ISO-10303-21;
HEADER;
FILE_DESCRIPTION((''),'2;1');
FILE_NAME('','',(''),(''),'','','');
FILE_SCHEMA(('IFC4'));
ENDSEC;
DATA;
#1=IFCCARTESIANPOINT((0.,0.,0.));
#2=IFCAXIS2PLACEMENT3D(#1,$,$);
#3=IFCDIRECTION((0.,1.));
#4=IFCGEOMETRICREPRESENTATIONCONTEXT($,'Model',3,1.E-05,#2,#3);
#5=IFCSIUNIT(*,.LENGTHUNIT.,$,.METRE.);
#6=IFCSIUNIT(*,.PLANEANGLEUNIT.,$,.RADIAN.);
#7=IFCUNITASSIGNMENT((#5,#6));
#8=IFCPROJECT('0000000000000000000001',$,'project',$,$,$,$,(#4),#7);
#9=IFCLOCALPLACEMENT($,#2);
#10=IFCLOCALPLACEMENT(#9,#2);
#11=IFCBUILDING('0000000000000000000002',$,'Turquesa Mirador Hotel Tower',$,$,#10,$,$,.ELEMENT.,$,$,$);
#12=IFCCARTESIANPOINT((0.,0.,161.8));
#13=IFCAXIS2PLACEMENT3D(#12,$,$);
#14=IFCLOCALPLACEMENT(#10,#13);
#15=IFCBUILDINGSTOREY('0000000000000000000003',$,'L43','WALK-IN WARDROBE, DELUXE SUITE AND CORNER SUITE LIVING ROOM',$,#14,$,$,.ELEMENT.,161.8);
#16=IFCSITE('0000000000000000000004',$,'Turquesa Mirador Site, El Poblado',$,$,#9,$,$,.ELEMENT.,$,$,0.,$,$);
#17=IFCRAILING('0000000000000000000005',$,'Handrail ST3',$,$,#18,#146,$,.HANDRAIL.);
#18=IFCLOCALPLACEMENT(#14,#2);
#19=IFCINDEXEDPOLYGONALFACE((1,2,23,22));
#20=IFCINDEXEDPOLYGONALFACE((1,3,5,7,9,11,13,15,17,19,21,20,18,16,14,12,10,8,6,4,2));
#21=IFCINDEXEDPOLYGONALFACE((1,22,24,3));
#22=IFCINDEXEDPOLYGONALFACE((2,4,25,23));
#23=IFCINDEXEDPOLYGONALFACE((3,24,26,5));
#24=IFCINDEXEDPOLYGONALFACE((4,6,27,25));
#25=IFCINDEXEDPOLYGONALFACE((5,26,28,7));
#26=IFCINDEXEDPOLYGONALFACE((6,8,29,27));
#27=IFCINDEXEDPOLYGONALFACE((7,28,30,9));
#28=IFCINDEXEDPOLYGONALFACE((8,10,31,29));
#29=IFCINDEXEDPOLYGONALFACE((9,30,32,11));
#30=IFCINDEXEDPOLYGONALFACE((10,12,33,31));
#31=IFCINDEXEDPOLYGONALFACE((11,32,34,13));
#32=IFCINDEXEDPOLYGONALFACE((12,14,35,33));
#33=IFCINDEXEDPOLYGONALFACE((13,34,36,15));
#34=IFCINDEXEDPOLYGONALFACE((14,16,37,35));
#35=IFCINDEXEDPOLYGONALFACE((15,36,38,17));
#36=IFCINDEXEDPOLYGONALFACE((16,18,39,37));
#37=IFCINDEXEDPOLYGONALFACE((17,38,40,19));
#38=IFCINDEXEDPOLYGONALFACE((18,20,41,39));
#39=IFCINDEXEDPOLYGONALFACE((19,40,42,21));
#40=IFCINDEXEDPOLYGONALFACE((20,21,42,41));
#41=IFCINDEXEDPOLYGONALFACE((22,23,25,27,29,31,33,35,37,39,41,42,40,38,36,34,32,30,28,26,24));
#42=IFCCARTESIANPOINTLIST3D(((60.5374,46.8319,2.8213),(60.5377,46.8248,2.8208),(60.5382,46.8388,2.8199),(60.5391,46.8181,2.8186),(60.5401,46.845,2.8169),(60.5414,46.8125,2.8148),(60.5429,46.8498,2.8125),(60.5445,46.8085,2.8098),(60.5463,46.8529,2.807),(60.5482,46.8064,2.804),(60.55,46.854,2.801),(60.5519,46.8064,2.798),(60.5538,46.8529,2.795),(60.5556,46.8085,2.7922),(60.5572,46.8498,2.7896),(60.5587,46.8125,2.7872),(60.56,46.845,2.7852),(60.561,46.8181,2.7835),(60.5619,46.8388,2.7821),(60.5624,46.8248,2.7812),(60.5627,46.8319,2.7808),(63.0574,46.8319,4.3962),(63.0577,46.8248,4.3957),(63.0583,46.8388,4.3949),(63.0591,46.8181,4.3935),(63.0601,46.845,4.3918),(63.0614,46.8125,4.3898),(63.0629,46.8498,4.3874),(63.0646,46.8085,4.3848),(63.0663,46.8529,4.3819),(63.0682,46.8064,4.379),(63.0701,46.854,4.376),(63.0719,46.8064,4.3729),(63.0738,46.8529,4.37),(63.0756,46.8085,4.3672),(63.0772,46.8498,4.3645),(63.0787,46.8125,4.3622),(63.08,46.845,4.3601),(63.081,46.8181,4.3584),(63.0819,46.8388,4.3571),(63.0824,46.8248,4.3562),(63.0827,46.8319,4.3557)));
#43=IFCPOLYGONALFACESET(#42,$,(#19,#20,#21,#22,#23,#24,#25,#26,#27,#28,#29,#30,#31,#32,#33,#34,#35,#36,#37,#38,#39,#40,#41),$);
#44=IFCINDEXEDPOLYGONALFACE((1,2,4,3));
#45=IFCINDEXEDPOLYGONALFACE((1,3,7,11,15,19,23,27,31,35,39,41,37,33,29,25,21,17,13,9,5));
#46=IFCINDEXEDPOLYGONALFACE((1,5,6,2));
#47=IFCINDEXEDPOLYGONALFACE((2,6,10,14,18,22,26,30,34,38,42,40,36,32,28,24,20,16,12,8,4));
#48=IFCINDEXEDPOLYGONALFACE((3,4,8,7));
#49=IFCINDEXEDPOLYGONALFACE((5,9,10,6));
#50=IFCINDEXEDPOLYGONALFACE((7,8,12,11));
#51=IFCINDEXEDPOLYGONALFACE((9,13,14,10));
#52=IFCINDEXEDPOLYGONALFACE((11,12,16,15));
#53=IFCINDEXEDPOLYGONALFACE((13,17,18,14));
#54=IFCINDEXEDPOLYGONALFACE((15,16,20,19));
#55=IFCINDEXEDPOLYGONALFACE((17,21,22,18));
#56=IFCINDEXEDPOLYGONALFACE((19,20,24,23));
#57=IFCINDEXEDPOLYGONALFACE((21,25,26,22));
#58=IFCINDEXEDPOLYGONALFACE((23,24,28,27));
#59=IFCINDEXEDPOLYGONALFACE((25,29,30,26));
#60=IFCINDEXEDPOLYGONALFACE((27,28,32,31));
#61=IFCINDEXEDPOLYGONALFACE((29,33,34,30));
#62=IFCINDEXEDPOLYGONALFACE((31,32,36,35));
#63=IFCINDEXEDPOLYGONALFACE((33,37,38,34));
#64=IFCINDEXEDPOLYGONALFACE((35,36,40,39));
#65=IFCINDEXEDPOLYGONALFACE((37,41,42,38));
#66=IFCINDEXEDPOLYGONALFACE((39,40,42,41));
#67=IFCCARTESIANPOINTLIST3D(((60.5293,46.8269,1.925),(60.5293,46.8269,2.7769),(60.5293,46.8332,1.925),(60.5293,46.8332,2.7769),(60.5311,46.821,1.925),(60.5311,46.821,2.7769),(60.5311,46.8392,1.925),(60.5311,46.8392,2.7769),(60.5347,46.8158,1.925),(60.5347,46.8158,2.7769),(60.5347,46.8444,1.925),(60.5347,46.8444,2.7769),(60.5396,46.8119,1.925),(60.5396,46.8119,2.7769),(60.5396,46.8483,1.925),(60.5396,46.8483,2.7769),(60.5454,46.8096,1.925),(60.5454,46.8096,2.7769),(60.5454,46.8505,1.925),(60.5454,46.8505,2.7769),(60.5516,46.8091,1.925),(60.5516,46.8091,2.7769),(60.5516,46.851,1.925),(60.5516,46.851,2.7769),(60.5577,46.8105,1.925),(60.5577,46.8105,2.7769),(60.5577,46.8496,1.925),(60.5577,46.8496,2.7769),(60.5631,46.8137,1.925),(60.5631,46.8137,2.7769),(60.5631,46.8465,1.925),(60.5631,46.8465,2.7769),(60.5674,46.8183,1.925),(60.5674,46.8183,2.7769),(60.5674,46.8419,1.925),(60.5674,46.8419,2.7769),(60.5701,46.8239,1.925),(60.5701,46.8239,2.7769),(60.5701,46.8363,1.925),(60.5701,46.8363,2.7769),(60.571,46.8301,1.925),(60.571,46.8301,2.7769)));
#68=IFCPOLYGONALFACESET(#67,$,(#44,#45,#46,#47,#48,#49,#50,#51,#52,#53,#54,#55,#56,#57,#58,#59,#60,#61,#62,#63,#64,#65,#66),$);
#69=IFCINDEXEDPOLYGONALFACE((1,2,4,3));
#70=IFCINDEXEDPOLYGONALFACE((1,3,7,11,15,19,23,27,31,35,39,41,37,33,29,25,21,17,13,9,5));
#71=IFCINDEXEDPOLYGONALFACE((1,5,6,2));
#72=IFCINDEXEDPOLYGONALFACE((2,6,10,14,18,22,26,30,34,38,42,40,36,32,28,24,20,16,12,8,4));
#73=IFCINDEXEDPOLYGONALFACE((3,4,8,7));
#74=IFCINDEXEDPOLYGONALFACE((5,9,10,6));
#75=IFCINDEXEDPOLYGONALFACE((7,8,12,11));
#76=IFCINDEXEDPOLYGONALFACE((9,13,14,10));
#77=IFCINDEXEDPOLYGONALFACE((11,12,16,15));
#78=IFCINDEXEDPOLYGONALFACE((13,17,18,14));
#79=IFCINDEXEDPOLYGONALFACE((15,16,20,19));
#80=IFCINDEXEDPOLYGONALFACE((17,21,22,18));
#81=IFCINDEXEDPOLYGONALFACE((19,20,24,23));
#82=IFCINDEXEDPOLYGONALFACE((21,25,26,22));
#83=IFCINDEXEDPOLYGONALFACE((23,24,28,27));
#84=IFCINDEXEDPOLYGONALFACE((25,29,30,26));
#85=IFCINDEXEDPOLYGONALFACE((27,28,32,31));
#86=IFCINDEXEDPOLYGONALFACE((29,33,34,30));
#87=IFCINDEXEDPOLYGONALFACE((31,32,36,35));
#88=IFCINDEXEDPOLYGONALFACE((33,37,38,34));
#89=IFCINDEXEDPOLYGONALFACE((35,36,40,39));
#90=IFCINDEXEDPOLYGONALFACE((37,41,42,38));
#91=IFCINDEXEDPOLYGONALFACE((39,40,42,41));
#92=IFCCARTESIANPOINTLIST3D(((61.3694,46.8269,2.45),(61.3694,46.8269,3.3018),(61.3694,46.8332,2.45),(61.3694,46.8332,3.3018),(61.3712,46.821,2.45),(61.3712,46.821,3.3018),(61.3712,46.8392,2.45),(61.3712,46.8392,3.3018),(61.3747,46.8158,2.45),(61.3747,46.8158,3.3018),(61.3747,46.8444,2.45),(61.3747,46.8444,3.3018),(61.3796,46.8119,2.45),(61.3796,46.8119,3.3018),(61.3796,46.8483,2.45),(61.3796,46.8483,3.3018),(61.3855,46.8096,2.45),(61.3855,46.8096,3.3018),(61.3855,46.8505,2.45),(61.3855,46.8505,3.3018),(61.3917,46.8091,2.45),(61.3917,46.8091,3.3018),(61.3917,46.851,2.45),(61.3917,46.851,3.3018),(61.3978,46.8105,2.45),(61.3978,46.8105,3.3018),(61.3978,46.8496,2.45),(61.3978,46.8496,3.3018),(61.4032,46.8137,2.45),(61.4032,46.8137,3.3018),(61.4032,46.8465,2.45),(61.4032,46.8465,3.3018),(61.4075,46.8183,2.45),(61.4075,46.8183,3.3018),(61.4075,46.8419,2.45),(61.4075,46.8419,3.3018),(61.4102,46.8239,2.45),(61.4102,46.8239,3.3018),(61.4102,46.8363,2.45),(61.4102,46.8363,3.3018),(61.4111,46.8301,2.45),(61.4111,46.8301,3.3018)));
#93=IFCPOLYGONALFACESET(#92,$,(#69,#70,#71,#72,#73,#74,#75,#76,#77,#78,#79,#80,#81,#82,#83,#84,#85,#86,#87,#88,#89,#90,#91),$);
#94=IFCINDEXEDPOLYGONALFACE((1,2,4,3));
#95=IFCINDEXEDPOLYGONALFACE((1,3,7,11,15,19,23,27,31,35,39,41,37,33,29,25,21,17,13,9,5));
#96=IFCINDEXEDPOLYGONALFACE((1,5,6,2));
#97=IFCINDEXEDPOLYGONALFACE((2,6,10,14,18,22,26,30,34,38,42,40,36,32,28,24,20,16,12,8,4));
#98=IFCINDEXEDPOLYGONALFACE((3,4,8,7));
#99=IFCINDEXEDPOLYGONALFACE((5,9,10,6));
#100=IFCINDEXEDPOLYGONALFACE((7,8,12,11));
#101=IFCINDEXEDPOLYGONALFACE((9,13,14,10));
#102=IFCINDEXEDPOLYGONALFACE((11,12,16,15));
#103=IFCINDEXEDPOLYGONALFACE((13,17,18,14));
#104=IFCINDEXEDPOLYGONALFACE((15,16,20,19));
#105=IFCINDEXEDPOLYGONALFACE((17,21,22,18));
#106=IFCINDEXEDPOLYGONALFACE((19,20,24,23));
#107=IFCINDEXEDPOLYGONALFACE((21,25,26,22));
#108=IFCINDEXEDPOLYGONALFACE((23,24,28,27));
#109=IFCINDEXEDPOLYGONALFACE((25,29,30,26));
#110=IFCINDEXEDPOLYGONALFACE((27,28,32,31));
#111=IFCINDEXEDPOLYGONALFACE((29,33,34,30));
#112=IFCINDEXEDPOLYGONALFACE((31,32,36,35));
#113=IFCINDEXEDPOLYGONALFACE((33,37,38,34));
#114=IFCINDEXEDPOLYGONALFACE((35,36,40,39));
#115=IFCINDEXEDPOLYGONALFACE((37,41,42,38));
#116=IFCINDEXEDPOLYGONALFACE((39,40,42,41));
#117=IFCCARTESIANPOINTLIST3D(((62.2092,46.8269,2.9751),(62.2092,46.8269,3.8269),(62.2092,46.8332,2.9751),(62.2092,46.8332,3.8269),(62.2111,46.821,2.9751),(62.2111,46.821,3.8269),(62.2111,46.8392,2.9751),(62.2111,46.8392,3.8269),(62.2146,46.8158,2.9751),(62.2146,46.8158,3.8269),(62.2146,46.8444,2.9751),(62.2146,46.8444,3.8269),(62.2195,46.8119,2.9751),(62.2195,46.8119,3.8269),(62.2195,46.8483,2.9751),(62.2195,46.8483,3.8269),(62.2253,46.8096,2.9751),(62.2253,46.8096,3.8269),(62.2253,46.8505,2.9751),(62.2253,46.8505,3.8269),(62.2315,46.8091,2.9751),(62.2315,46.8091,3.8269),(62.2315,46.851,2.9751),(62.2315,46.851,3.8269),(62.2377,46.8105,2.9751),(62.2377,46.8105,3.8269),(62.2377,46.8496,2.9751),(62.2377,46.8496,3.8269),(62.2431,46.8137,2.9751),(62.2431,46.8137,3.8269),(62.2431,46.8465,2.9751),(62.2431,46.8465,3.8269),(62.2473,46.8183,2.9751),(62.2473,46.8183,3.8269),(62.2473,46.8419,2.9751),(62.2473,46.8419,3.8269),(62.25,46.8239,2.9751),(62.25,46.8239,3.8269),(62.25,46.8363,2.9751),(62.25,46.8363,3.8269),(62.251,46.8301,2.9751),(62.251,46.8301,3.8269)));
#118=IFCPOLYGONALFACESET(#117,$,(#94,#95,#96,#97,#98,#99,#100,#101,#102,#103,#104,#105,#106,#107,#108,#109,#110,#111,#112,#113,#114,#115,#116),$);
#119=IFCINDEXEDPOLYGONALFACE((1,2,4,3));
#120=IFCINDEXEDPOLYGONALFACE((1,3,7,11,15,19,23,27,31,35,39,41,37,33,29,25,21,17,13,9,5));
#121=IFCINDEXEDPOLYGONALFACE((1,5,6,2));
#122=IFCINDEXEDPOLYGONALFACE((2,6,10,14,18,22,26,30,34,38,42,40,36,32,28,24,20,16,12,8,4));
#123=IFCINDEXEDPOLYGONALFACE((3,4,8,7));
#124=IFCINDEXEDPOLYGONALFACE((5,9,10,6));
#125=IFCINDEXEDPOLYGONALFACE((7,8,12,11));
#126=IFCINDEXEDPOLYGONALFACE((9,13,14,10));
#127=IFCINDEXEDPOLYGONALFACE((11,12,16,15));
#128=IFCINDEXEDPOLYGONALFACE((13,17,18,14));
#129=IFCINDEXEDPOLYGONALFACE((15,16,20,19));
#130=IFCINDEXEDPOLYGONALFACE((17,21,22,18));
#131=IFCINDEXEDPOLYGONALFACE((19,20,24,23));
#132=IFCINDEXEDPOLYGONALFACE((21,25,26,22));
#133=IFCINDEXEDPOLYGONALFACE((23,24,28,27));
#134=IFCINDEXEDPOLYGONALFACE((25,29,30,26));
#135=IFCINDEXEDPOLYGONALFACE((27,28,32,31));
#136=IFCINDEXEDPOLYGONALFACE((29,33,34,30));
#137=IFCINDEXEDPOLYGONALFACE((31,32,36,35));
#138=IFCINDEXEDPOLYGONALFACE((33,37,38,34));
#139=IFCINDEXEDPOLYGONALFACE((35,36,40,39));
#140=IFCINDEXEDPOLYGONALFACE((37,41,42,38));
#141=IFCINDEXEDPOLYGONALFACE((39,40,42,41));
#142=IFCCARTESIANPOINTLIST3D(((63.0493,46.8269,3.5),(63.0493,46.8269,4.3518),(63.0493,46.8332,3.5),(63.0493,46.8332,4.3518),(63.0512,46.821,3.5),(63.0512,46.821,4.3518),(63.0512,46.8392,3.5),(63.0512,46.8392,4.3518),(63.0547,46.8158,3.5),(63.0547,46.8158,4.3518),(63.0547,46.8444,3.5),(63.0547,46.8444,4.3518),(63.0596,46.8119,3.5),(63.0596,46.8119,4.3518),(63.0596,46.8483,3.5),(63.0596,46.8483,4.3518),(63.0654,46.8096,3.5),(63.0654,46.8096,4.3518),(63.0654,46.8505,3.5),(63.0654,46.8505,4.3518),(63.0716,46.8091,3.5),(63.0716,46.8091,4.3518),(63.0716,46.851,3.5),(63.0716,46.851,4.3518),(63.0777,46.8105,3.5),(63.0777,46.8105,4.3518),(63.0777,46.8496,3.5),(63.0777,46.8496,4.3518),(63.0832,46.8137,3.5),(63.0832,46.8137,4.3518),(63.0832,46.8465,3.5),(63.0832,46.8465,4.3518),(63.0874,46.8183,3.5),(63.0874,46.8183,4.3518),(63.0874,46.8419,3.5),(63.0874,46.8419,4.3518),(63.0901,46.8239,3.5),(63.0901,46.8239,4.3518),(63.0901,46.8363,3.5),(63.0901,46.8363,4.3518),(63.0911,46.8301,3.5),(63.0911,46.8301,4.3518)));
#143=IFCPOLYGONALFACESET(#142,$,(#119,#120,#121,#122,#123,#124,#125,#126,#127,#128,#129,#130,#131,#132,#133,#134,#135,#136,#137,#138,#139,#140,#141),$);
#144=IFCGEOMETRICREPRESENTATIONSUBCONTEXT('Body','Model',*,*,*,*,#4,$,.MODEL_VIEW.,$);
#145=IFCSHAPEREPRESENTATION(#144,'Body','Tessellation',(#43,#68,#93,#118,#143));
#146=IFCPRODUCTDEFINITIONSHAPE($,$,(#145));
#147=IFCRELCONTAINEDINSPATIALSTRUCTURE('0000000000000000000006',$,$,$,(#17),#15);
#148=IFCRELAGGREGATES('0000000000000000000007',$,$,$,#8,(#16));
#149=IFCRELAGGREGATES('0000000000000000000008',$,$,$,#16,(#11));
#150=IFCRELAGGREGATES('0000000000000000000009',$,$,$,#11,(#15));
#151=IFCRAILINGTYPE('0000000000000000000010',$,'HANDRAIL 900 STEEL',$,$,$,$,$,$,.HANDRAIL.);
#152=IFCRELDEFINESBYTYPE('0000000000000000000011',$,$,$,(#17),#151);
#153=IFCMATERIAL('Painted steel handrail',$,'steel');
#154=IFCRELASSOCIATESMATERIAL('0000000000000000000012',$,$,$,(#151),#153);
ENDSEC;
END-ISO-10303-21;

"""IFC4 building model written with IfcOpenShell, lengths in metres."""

from ifc_helpers import new_model, si_unit, direction, frame, origin, origin_2d, place, context, subcontext, project, spatial, circle, extrude, material, type_object, element, save


model = new_model("IFC4")

# Units and contexts
model_context = context("Model", 3, precision=1e-05, world=origin(), true_north=direction((0.0, 1.0)))
body_context = subcontext(model_context, "Body", "Model", "MODEL_VIEW")
ifc_project = project(units=[si_unit("LENGTHUNIT", "METRE"), si_unit("PLANEANGLEUNIT", "RADIAN")], contexts=[model_context])

# Site, building, storey
site_placement = place(None, origin())
site = spatial("IfcSite", under=ifc_project, at=site_placement, Name="Turquesa Mirador Site, El Poblado", CompositionType="ELEMENT", RefElevation=0.0)
building_placement = place(site_placement, origin())
building = spatial("IfcBuilding", under=site, at=building_placement, Name="Turquesa Mirador Hotel Tower", CompositionType="ELEMENT")
storey_placement = place(building_placement, frame((0.0, 0.0, 161.8)))
storey = spatial("IfcBuildingStorey", under=building, at=storey_placement, Name="L43", Description="WALK-IN WARDROBE, DELUXE SUITE AND CORNER SUITE LIVING ROOM", CompositionType="ELEMENT", Elevation=161.8)

# Railing
ifc_material_1 = material(Name="Painted steel handrail", Category="steel")
railing_type = type_object("IfcRailingType", Name="HANDRAIL 900 STEEL", PredefinedType="HANDRAIL", material=ifc_material_1)
railing_1_placement = place(storey_placement, frame((60.55, 46.8301, 1.925)))
element("IfcRailing", 1, at=railing_1_placement, inside=storey, type_object=railing_type, Name="Handrail ST3", PredefinedType="HANDRAIL", context=body_context, shape_type="SweptSolid", body=[
    extrude(circle(Radius=0.0239, at=origin_2d()), frame((0.0, 0.0, 0.876), z_axis=(0.848008, 0.0, 0.529984), x_axis=(0.0, 1.0, 0.0)), (0.0, 0.0, 1.0), 2.9717),
    extrude(circle(Radius=0.021, at=origin_2d()), origin(), (0.0, 0.0, 1.0), 0.8518),
    extrude(circle(Radius=0.021, at=origin_2d()), frame((0.8401, 0.0, 0.5249)), (0.0, 0.0, 1.0), 0.8518),
    extrude(circle(Radius=0.021, at=origin_2d()), frame((1.6799, 0.0, 1.05)), (0.0, 0.0, 1.0), 0.8518),
    extrude(circle(Radius=0.021, at=origin_2d()), frame((2.52, 0.0, 1.575)), (0.0, 0.0, 1.0), 0.8518),
])

save(model, "model.ifc")
